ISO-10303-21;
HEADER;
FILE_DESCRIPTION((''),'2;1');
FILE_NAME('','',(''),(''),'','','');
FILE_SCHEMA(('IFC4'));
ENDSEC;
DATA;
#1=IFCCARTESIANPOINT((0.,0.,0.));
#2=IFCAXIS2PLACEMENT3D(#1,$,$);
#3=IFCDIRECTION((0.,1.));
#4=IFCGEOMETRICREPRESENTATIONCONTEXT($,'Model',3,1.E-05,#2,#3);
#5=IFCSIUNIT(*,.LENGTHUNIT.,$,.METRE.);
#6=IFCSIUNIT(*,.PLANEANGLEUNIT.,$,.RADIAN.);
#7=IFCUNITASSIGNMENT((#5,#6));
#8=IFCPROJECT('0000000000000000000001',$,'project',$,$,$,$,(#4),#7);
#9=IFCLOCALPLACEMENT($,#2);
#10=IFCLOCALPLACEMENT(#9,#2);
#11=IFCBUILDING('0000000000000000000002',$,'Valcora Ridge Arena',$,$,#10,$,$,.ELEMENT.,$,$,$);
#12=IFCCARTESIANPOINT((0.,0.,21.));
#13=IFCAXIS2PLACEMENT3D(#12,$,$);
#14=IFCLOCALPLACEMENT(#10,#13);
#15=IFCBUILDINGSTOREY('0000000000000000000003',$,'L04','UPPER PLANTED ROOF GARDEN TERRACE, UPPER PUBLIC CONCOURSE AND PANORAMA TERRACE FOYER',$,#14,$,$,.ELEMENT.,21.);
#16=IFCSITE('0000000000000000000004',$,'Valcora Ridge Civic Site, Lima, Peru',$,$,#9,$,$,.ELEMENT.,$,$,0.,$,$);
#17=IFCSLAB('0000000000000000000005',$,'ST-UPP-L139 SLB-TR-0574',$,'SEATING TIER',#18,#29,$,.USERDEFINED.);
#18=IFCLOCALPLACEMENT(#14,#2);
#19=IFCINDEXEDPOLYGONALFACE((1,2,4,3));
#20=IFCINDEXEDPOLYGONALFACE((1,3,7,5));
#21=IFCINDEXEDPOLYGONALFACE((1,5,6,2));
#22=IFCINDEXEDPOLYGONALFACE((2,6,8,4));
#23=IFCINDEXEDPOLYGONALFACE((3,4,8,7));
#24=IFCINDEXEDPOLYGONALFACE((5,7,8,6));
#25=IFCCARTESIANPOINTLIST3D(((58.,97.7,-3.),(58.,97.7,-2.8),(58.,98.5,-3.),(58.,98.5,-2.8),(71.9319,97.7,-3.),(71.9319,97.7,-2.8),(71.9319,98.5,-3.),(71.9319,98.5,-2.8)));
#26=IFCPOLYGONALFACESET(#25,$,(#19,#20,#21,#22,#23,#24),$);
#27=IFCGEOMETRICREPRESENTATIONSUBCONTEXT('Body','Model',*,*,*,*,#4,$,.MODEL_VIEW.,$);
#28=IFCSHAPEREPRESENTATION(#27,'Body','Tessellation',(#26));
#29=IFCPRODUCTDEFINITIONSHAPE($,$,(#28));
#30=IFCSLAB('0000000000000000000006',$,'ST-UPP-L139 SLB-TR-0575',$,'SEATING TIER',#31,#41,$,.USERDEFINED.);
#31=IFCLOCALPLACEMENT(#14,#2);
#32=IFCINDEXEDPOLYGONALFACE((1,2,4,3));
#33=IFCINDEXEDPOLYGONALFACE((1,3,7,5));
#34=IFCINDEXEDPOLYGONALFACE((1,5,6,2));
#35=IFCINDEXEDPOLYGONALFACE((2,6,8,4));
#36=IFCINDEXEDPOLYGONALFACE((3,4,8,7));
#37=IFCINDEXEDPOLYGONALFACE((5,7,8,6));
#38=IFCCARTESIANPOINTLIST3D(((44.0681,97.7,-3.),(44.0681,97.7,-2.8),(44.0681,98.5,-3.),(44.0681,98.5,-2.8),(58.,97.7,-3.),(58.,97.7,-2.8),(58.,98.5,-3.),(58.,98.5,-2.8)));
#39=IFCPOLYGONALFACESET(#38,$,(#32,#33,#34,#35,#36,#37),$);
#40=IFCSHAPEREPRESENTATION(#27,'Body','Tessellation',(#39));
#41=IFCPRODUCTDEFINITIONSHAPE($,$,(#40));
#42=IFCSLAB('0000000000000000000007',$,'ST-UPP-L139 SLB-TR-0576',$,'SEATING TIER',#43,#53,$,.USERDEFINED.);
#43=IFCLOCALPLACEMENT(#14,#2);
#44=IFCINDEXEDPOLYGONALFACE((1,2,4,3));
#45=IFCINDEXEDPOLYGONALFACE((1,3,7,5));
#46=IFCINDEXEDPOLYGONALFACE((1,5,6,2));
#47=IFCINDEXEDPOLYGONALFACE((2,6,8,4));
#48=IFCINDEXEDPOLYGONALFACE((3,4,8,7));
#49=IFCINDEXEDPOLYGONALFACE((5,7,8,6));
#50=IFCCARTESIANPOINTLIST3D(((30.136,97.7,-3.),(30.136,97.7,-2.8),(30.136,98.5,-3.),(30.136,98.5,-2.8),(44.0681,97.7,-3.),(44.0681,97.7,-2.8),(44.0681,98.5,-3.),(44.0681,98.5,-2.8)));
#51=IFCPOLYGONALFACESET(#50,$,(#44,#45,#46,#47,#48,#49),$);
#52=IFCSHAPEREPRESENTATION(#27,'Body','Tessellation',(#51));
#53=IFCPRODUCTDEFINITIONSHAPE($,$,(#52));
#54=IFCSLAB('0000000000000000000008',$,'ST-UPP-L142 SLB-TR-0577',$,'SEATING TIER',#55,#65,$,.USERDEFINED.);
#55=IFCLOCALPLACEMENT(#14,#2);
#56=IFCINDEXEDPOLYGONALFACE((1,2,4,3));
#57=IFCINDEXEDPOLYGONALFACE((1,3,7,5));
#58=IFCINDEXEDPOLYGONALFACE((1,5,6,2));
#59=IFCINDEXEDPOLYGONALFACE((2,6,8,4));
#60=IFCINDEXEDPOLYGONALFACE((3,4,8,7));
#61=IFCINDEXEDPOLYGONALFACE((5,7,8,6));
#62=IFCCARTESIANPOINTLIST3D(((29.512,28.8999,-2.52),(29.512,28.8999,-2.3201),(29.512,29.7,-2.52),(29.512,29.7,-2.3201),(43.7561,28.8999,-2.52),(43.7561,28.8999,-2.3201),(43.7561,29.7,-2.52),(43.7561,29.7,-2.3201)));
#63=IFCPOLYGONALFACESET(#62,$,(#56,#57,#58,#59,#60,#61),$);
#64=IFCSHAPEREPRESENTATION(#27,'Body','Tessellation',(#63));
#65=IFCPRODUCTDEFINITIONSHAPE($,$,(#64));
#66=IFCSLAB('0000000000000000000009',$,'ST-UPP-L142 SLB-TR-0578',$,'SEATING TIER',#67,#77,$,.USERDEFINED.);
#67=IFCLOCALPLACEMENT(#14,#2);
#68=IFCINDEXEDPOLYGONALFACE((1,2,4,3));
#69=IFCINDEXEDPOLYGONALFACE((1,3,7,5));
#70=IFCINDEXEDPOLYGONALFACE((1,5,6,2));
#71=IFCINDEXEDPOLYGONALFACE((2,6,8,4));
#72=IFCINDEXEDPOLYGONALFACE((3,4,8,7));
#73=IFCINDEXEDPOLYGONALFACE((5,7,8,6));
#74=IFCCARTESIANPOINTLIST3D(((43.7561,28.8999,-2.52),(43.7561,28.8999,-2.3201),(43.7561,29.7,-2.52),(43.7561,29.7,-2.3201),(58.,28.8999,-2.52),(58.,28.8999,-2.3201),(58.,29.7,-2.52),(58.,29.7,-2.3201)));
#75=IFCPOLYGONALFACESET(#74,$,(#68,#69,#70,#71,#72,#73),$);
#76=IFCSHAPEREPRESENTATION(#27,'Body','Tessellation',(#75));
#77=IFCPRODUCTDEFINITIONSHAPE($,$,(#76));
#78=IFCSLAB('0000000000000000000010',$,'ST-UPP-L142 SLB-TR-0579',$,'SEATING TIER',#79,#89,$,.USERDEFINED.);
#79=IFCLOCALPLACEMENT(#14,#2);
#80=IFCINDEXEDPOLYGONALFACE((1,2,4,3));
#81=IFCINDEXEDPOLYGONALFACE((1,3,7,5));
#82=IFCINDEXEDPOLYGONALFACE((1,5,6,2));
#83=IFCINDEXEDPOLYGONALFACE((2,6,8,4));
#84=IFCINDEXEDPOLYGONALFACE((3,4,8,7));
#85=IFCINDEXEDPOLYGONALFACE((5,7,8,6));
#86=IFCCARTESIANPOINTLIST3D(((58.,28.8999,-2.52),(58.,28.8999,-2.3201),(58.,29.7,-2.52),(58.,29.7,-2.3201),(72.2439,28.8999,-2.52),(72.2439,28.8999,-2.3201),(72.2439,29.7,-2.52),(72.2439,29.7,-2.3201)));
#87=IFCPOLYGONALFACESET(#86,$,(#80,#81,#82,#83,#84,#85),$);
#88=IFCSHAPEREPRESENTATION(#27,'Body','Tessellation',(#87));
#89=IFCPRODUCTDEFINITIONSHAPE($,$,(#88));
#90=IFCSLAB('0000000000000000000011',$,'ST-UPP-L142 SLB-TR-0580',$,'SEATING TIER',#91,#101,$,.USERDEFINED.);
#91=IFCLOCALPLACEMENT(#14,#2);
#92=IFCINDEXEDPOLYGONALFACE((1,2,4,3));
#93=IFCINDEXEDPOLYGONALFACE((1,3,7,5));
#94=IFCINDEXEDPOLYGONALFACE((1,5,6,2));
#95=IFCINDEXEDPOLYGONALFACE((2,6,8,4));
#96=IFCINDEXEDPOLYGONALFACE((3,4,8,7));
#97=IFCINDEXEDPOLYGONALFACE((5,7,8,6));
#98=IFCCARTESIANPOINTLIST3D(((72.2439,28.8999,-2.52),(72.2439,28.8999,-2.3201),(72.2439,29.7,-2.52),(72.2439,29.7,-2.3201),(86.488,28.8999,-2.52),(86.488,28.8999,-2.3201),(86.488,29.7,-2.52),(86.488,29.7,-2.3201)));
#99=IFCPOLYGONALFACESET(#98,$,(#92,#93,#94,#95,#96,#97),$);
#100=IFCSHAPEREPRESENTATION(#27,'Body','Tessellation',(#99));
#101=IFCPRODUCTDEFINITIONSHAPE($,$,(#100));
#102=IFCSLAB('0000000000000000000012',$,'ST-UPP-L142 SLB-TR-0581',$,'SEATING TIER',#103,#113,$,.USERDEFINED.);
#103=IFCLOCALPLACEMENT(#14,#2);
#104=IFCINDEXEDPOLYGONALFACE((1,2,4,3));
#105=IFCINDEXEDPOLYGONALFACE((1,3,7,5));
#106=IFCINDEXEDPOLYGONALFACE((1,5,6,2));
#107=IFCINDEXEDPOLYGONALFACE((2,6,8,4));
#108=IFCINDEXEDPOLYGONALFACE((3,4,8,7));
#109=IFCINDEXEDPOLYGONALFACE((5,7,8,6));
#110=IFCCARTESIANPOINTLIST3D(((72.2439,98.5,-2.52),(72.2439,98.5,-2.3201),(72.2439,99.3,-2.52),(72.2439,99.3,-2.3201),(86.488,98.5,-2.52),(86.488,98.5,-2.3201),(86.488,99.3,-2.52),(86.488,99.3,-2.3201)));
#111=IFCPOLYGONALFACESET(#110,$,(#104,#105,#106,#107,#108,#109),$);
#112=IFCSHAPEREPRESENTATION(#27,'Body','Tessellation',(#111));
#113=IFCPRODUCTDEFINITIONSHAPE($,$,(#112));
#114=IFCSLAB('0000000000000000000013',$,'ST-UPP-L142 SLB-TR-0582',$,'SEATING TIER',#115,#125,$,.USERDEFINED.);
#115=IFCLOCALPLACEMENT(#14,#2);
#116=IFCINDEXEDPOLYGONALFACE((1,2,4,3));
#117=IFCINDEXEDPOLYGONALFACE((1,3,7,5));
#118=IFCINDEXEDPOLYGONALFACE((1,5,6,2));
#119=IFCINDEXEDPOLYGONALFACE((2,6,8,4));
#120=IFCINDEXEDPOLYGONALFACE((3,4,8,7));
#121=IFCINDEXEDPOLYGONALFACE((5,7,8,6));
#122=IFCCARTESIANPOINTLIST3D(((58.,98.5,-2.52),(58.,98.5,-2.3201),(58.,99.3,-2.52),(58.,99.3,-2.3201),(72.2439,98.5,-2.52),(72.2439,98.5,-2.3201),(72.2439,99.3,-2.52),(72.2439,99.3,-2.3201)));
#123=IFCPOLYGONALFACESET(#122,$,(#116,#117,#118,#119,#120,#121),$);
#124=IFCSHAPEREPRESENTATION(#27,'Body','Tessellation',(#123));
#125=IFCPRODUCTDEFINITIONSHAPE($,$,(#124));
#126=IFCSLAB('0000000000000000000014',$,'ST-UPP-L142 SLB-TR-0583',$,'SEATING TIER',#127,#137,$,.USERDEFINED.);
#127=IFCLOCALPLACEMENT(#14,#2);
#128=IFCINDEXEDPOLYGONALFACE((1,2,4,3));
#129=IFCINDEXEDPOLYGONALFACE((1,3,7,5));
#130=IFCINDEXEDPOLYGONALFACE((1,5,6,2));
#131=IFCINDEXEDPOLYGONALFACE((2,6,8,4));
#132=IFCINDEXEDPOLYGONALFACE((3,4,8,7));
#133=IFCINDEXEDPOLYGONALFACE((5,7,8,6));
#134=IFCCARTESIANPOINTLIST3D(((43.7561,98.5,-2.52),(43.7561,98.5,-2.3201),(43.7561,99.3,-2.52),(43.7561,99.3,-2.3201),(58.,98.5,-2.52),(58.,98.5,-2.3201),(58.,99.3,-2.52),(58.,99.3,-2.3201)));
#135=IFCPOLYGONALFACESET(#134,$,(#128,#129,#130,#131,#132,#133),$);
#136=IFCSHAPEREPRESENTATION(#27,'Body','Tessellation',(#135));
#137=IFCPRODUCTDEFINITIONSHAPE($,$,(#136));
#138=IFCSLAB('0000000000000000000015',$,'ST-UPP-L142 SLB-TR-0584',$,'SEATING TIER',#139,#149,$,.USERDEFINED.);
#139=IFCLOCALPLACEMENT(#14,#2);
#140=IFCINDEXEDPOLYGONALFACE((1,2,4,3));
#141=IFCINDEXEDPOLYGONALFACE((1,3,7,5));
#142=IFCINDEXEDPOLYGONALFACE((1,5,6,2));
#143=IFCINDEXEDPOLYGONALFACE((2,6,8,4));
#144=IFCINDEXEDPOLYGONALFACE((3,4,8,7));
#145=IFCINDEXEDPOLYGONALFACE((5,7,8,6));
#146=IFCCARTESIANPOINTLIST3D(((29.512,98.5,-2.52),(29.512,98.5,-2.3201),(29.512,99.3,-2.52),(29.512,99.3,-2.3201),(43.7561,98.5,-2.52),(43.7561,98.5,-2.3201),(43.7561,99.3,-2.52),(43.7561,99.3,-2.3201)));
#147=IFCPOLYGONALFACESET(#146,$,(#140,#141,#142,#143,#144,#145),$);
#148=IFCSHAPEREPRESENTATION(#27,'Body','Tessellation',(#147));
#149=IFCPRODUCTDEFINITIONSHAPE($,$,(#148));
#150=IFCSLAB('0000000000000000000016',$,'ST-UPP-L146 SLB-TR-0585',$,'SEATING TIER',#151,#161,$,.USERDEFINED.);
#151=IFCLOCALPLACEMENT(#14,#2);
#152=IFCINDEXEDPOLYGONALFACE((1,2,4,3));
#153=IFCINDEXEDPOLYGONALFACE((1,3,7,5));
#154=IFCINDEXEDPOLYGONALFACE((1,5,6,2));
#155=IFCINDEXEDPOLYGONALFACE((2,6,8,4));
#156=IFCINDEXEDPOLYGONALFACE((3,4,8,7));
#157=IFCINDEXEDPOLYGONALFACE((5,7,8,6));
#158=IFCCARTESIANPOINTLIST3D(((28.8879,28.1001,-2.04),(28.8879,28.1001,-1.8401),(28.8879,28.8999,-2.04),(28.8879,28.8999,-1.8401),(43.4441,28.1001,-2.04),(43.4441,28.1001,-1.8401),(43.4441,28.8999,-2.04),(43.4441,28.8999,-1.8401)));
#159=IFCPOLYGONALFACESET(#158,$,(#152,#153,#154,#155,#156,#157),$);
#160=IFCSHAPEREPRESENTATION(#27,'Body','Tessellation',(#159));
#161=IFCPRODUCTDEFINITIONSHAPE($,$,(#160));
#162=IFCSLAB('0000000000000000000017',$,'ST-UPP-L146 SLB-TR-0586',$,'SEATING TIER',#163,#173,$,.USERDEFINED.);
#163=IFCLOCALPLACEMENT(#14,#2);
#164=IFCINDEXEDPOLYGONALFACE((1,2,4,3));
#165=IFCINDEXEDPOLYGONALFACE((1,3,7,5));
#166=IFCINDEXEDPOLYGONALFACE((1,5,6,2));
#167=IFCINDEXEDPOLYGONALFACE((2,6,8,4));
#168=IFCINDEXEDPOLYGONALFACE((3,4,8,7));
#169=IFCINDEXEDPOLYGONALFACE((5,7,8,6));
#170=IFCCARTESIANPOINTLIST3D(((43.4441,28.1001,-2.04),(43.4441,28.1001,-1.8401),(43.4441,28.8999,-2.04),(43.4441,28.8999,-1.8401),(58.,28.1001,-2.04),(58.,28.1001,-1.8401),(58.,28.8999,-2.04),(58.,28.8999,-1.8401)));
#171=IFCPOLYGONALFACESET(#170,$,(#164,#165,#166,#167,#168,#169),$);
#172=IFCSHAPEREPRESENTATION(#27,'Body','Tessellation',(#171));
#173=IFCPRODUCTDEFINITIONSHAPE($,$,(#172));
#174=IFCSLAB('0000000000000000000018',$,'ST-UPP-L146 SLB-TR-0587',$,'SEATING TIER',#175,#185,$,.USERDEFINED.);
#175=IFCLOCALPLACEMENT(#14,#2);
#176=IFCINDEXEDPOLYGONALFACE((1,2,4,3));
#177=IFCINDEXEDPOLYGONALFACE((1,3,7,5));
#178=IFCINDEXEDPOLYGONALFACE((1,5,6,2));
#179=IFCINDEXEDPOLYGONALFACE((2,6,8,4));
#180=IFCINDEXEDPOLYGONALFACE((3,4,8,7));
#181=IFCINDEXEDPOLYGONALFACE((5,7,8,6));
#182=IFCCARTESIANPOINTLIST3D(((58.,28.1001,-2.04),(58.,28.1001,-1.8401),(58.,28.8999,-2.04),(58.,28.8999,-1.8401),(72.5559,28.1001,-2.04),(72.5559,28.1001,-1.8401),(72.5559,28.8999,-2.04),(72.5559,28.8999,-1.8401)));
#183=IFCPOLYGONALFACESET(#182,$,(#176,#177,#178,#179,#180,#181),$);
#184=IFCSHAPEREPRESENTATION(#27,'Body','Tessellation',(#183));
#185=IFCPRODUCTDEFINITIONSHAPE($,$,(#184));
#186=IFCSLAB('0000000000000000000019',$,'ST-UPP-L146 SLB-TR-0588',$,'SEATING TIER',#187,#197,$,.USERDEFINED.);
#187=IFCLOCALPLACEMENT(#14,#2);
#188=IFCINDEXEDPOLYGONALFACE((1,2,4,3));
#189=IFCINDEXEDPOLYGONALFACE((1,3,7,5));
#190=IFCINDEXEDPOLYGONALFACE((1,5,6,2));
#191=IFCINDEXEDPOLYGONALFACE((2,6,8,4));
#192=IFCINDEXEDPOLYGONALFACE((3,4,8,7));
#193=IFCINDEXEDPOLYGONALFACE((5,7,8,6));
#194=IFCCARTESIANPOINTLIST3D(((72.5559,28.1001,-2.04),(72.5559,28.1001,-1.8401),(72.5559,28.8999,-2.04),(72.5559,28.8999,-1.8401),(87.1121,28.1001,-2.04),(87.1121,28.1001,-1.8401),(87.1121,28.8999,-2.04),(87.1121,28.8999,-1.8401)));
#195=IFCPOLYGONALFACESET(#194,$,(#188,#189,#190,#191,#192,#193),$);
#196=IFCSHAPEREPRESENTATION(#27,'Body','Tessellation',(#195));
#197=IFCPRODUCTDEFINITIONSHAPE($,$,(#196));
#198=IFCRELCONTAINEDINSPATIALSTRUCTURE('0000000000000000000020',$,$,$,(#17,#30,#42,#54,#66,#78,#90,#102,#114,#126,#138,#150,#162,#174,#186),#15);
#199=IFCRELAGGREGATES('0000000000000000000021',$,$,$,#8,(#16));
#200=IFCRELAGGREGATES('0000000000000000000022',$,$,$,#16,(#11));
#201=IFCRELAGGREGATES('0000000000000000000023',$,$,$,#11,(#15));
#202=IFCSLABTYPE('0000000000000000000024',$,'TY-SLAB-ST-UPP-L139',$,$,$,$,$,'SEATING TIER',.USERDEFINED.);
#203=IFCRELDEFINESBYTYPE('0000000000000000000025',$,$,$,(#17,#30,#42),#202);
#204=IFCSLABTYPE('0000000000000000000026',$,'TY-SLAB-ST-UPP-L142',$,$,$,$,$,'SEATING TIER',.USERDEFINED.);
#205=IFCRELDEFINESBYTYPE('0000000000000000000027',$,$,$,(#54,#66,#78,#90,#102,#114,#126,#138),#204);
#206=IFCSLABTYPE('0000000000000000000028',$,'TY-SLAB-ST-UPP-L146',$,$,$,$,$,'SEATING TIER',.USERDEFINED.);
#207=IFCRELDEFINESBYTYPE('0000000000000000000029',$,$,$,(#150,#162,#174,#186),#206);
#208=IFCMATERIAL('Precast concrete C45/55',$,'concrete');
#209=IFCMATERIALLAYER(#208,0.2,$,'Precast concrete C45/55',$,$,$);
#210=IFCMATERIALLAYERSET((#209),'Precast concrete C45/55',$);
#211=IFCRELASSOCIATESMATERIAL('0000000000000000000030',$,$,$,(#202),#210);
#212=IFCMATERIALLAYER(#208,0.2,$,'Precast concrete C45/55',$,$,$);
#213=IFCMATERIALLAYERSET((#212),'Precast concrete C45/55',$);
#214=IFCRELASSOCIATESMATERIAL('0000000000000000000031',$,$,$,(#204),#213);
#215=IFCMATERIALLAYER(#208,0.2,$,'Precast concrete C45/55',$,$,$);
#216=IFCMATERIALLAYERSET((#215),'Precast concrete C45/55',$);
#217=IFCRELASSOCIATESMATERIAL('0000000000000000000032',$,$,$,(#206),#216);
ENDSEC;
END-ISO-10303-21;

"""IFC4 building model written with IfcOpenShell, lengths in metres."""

from ifc_helpers import new_model, si_unit, direction, frame, origin, place, context, subcontext, project, spatial, polyline, outline, extrude, material, layer, layer_set, type_object, element, save


model = new_model("IFC4")

# Units and contexts
model_context = context("Model", 3, precision=1e-05, world=origin(), true_north=direction((0.0, 1.0)))
body_context = subcontext(model_context, "Body", "Model", "MODEL_VIEW")
ifc_project = project(units=[si_unit("LENGTHUNIT", "METRE"), si_unit("PLANEANGLEUNIT", "RADIAN")], contexts=[model_context])

# Site, building, storey
site_placement = place(None, origin())
site = spatial("IfcSite", under=ifc_project, at=site_placement, Name="Valcora Ridge Civic Site, Lima, Peru", CompositionType="ELEMENT", RefElevation=0.0)
building_placement = place(site_placement, origin())
building = spatial("IfcBuilding", under=site, at=building_placement, Name="Valcora Ridge Arena", CompositionType="ELEMENT")
storey_placement = place(building_placement, frame((0.0, 0.0, 21.0)))
storey = spatial("IfcBuildingStorey", under=building, at=storey_placement, Name="L04", Description="UPPER PLANTED ROOF GARDEN TERRACE, UPPER PUBLIC CONCOURSE AND PANORAMA TERRACE FOYER", CompositionType="ELEMENT", Elevation=21.0)

# Slabs
ifc_material_1 = material(Name="Precast concrete C45/55", Category="concrete")
ifc_layer_1 = layer(ifc_material_1, 0.2, Name="Precast concrete C45/55")
ifc_layer_set_1 = layer_set([ifc_layer_1], Name="Precast concrete C45/55")
slab_type_1 = type_object("IfcSlabType", Name="TY-SLAB-ST-UPP-L139", ElementType="SEATING TIER", PredefinedType="USERDEFINED", material=ifc_layer_set_1)
slab_1_placement = place(storey_placement, frame((0.0, 0.0, -3.0)))
element("IfcSlab", 1, at=slab_1_placement, inside=storey, type_object=slab_type_1, Name="ST-UPP-L139 SLB-TR-0574", ObjectType="SEATING TIER", PredefinedType="USERDEFINED", context=body_context, shape_type="SweptSolid", body=[
    extrude(outline(polyline([(71.9319, 97.7), (58.0, 97.7), (58.0, 98.5), (71.9319, 98.5), (71.9319, 97.7)])), origin(), (0.0, 0.0, 1.0), 0.2),
])
slab_2_placement = place(storey_placement, frame((0.0, 0.0, -3.0)))
element("IfcSlab", 2, at=slab_2_placement, inside=storey, type_object=slab_type_1, Name="ST-UPP-L139 SLB-TR-0575", ObjectType="SEATING TIER", PredefinedType="USERDEFINED", context=body_context, shape_type="SweptSolid", body=[
    extrude(outline(polyline([(58.0, 97.7), (44.0681, 97.7), (44.0681, 98.5), (58.0, 98.5), (58.0, 97.7)])), origin(), (0.0, 0.0, 1.0), 0.2),
])
slab_3_placement = place(storey_placement, frame((0.0, 0.0, -3.0)))
element("IfcSlab", 3, at=slab_3_placement, inside=storey, type_object=slab_type_1, Name="ST-UPP-L139 SLB-TR-0576", ObjectType="SEATING TIER", PredefinedType="USERDEFINED", context=body_context, shape_type="SweptSolid", body=[
    extrude(outline(polyline([(44.0681, 97.7), (30.136, 97.7), (30.136, 98.5), (44.0681, 98.5), (44.0681, 97.7)])), origin(), (0.0, 0.0, 1.0), 0.2),
])
ifc_layer_2 = layer(ifc_material_1, 0.2, Name="Precast concrete C45/55")
ifc_layer_set_2 = layer_set([ifc_layer_2], Name="Precast concrete C45/55")
slab_type_2 = type_object("IfcSlabType", Name="TY-SLAB-ST-UPP-L142", ElementType="SEATING TIER", PredefinedType="USERDEFINED", material=ifc_layer_set_2)
slab_4_placement = place(storey_placement, frame((0.0, 0.0, -2.52)))
element("IfcSlab", 4, at=slab_4_placement, inside=storey, type_object=slab_type_2, Name="ST-UPP-L142 SLB-TR-0577", ObjectType="SEATING TIER", PredefinedType="USERDEFINED", context=body_context, shape_type="SweptSolid", body=[
    extrude(outline(polyline([(29.512, 29.7), (43.7561, 29.7), (43.7561, 28.8999), (29.512, 28.8999), (29.512, 29.7)])), origin(), (0.0, 0.0, 1.0), 0.2),
])
slab_5_placement = place(storey_placement, frame((0.0, 0.0, -2.52)))
element("IfcSlab", 5, at=slab_5_placement, inside=storey, type_object=slab_type_2, Name="ST-UPP-L142 SLB-TR-0578", ObjectType="SEATING TIER", PredefinedType="USERDEFINED", context=body_context, shape_type="SweptSolid", body=[
    extrude(outline(polyline([(43.7561, 29.7), (58.0, 29.7), (58.0, 28.8999), (43.7561, 28.8999), (43.7561, 29.7)])), origin(), (0.0, 0.0, 1.0), 0.2),
])
slab_6_placement = place(storey_placement, frame((0.0, 0.0, -2.52)))
element("IfcSlab", 6, at=slab_6_placement, inside=storey, type_object=slab_type_2, Name="ST-UPP-L142 SLB-TR-0579", ObjectType="SEATING TIER", PredefinedType="USERDEFINED", context=body_context, shape_type="SweptSolid", body=[
    extrude(outline(polyline([(58.0, 29.7), (72.2439, 29.7), (72.2439, 28.8999), (58.0, 28.8999), (58.0, 29.7)])), origin(), (0.0, 0.0, 1.0), 0.2),
])
slab_7_placement = place(storey_placement, frame((0.0, 0.0, -2.52)))
element("IfcSlab", 7, at=slab_7_placement, inside=storey, type_object=slab_type_2, Name="ST-UPP-L142 SLB-TR-0580", ObjectType="SEATING TIER", PredefinedType="USERDEFINED", context=body_context, shape_type="SweptSolid", body=[
    extrude(outline(polyline([(72.2439, 29.7), (86.488, 29.7), (86.488, 28.8999), (72.2439, 28.8999), (72.2439, 29.7)])), origin(), (0.0, 0.0, 1.0), 0.2),
])
slab_8_placement = place(storey_placement, frame((0.0, 0.0, -2.52)))
element("IfcSlab", 8, at=slab_8_placement, inside=storey, type_object=slab_type_2, Name="ST-UPP-L142 SLB-TR-0581", ObjectType="SEATING TIER", PredefinedType="USERDEFINED", context=body_context, shape_type="SweptSolid", body=[
    extrude(outline(polyline([(86.488, 98.5), (72.2439, 98.5), (72.2439, 99.3), (86.488, 99.3), (86.488, 98.5)])), origin(), (0.0, 0.0, 1.0), 0.2),
])
slab_9_placement = place(storey_placement, frame((0.0, 0.0, -2.52)))
element("IfcSlab", 9, at=slab_9_placement, inside=storey, type_object=slab_type_2, Name="ST-UPP-L142 SLB-TR-0582", ObjectType="SEATING TIER", PredefinedType="USERDEFINED", context=body_context, shape_type="SweptSolid", body=[
    extrude(outline(polyline([(72.2439, 98.5), (58.0, 98.5), (58.0, 99.3), (72.2439, 99.3), (72.2439, 98.5)])), origin(), (0.0, 0.0, 1.0), 0.2),
])
slab_10_placement = place(storey_placement, frame((0.0, 0.0, -2.52)))
element("IfcSlab", 10, at=slab_10_placement, inside=storey, type_object=slab_type_2, Name="ST-UPP-L142 SLB-TR-0583", ObjectType="SEATING TIER", PredefinedType="USERDEFINED", context=body_context, shape_type="SweptSolid", body=[
    extrude(outline(polyline([(58.0, 98.5), (43.7561, 98.5), (43.7561, 99.3), (58.0, 99.3), (58.0, 98.5)])), origin(), (0.0, 0.0, 1.0), 0.2),
])
slab_11_placement = place(storey_placement, frame((0.0, 0.0, -2.52)))
element("IfcSlab", 11, at=slab_11_placement, inside=storey, type_object=slab_type_2, Name="ST-UPP-L142 SLB-TR-0584", ObjectType="SEATING TIER", PredefinedType="USERDEFINED", context=body_context, shape_type="SweptSolid", body=[
    extrude(outline(polyline([(43.7561, 98.5), (29.512, 98.5), (29.512, 99.3), (43.7561, 99.3), (43.7561, 98.5)])), origin(), (0.0, 0.0, 1.0), 0.2),
])
ifc_layer_3 = layer(ifc_material_1, 0.2, Name="Precast concrete C45/55")
ifc_layer_set_3 = layer_set([ifc_layer_3], Name="Precast concrete C45/55")
slab_type_3 = type_object("IfcSlabType", Name="TY-SLAB-ST-UPP-L146", ElementType="SEATING TIER", PredefinedType="USERDEFINED", material=ifc_layer_set_3)
slab_12_placement = place(storey_placement, frame((0.0, 0.0, -2.04)))
element("IfcSlab", 12, at=slab_12_placement, inside=storey, type_object=slab_type_3, Name="ST-UPP-L146 SLB-TR-0585", ObjectType="SEATING TIER", PredefinedType="USERDEFINED", context=body_context, shape_type="SweptSolid", body=[
    extrude(outline(polyline([(28.8879, 28.8999), (43.4441, 28.8999), (43.4441, 28.1001), (28.8879, 28.1001), (28.8879, 28.8999)])), origin(), (0.0, 0.0, 1.0), 0.2),
])
slab_13_placement = place(storey_placement, frame((0.0, 0.0, -2.04)))
element("IfcSlab", 13, at=slab_13_placement, inside=storey, type_object=slab_type_3, Name="ST-UPP-L146 SLB-TR-0586", ObjectType="SEATING TIER", PredefinedType="USERDEFINED", context=body_context, shape_type="SweptSolid", body=[
    extrude(outline(polyline([(43.4441, 28.8999), (58.0, 28.8999), (58.0, 28.1001), (43.4441, 28.1001), (43.4441, 28.8999)])), origin(), (0.0, 0.0, 1.0), 0.2),
])
slab_14_placement = place(storey_placement, frame((0.0, 0.0, -2.04)))
element("IfcSlab", 14, at=slab_14_placement, inside=storey, type_object=slab_type_3, Name="ST-UPP-L146 SLB-TR-0587", ObjectType="SEATING TIER", PredefinedType="USERDEFINED", context=body_context, shape_type="SweptSolid", body=[
    extrude(outline(polyline([(58.0, 28.8999), (72.5559, 28.8999), (72.5559, 28.1001), (58.0, 28.1001), (58.0, 28.8999)])), origin(), (0.0, 0.0, 1.0), 0.2),
])
slab_15_placement = place(storey_placement, frame((0.0, 0.0, -2.04)))
element("IfcSlab", 15, at=slab_15_placement, inside=storey, type_object=slab_type_3, Name="ST-UPP-L146 SLB-TR-0588", ObjectType="SEATING TIER", PredefinedType="USERDEFINED", context=body_context, shape_type="SweptSolid", body=[
    extrude(outline(polyline([(72.5559, 28.8999), (87.1121, 28.8999), (87.1121, 28.1001), (72.5559, 28.1001), (72.5559, 28.8999)])), origin(), (0.0, 0.0, 1.0), 0.2),
])

save(model, "model.ifc")
